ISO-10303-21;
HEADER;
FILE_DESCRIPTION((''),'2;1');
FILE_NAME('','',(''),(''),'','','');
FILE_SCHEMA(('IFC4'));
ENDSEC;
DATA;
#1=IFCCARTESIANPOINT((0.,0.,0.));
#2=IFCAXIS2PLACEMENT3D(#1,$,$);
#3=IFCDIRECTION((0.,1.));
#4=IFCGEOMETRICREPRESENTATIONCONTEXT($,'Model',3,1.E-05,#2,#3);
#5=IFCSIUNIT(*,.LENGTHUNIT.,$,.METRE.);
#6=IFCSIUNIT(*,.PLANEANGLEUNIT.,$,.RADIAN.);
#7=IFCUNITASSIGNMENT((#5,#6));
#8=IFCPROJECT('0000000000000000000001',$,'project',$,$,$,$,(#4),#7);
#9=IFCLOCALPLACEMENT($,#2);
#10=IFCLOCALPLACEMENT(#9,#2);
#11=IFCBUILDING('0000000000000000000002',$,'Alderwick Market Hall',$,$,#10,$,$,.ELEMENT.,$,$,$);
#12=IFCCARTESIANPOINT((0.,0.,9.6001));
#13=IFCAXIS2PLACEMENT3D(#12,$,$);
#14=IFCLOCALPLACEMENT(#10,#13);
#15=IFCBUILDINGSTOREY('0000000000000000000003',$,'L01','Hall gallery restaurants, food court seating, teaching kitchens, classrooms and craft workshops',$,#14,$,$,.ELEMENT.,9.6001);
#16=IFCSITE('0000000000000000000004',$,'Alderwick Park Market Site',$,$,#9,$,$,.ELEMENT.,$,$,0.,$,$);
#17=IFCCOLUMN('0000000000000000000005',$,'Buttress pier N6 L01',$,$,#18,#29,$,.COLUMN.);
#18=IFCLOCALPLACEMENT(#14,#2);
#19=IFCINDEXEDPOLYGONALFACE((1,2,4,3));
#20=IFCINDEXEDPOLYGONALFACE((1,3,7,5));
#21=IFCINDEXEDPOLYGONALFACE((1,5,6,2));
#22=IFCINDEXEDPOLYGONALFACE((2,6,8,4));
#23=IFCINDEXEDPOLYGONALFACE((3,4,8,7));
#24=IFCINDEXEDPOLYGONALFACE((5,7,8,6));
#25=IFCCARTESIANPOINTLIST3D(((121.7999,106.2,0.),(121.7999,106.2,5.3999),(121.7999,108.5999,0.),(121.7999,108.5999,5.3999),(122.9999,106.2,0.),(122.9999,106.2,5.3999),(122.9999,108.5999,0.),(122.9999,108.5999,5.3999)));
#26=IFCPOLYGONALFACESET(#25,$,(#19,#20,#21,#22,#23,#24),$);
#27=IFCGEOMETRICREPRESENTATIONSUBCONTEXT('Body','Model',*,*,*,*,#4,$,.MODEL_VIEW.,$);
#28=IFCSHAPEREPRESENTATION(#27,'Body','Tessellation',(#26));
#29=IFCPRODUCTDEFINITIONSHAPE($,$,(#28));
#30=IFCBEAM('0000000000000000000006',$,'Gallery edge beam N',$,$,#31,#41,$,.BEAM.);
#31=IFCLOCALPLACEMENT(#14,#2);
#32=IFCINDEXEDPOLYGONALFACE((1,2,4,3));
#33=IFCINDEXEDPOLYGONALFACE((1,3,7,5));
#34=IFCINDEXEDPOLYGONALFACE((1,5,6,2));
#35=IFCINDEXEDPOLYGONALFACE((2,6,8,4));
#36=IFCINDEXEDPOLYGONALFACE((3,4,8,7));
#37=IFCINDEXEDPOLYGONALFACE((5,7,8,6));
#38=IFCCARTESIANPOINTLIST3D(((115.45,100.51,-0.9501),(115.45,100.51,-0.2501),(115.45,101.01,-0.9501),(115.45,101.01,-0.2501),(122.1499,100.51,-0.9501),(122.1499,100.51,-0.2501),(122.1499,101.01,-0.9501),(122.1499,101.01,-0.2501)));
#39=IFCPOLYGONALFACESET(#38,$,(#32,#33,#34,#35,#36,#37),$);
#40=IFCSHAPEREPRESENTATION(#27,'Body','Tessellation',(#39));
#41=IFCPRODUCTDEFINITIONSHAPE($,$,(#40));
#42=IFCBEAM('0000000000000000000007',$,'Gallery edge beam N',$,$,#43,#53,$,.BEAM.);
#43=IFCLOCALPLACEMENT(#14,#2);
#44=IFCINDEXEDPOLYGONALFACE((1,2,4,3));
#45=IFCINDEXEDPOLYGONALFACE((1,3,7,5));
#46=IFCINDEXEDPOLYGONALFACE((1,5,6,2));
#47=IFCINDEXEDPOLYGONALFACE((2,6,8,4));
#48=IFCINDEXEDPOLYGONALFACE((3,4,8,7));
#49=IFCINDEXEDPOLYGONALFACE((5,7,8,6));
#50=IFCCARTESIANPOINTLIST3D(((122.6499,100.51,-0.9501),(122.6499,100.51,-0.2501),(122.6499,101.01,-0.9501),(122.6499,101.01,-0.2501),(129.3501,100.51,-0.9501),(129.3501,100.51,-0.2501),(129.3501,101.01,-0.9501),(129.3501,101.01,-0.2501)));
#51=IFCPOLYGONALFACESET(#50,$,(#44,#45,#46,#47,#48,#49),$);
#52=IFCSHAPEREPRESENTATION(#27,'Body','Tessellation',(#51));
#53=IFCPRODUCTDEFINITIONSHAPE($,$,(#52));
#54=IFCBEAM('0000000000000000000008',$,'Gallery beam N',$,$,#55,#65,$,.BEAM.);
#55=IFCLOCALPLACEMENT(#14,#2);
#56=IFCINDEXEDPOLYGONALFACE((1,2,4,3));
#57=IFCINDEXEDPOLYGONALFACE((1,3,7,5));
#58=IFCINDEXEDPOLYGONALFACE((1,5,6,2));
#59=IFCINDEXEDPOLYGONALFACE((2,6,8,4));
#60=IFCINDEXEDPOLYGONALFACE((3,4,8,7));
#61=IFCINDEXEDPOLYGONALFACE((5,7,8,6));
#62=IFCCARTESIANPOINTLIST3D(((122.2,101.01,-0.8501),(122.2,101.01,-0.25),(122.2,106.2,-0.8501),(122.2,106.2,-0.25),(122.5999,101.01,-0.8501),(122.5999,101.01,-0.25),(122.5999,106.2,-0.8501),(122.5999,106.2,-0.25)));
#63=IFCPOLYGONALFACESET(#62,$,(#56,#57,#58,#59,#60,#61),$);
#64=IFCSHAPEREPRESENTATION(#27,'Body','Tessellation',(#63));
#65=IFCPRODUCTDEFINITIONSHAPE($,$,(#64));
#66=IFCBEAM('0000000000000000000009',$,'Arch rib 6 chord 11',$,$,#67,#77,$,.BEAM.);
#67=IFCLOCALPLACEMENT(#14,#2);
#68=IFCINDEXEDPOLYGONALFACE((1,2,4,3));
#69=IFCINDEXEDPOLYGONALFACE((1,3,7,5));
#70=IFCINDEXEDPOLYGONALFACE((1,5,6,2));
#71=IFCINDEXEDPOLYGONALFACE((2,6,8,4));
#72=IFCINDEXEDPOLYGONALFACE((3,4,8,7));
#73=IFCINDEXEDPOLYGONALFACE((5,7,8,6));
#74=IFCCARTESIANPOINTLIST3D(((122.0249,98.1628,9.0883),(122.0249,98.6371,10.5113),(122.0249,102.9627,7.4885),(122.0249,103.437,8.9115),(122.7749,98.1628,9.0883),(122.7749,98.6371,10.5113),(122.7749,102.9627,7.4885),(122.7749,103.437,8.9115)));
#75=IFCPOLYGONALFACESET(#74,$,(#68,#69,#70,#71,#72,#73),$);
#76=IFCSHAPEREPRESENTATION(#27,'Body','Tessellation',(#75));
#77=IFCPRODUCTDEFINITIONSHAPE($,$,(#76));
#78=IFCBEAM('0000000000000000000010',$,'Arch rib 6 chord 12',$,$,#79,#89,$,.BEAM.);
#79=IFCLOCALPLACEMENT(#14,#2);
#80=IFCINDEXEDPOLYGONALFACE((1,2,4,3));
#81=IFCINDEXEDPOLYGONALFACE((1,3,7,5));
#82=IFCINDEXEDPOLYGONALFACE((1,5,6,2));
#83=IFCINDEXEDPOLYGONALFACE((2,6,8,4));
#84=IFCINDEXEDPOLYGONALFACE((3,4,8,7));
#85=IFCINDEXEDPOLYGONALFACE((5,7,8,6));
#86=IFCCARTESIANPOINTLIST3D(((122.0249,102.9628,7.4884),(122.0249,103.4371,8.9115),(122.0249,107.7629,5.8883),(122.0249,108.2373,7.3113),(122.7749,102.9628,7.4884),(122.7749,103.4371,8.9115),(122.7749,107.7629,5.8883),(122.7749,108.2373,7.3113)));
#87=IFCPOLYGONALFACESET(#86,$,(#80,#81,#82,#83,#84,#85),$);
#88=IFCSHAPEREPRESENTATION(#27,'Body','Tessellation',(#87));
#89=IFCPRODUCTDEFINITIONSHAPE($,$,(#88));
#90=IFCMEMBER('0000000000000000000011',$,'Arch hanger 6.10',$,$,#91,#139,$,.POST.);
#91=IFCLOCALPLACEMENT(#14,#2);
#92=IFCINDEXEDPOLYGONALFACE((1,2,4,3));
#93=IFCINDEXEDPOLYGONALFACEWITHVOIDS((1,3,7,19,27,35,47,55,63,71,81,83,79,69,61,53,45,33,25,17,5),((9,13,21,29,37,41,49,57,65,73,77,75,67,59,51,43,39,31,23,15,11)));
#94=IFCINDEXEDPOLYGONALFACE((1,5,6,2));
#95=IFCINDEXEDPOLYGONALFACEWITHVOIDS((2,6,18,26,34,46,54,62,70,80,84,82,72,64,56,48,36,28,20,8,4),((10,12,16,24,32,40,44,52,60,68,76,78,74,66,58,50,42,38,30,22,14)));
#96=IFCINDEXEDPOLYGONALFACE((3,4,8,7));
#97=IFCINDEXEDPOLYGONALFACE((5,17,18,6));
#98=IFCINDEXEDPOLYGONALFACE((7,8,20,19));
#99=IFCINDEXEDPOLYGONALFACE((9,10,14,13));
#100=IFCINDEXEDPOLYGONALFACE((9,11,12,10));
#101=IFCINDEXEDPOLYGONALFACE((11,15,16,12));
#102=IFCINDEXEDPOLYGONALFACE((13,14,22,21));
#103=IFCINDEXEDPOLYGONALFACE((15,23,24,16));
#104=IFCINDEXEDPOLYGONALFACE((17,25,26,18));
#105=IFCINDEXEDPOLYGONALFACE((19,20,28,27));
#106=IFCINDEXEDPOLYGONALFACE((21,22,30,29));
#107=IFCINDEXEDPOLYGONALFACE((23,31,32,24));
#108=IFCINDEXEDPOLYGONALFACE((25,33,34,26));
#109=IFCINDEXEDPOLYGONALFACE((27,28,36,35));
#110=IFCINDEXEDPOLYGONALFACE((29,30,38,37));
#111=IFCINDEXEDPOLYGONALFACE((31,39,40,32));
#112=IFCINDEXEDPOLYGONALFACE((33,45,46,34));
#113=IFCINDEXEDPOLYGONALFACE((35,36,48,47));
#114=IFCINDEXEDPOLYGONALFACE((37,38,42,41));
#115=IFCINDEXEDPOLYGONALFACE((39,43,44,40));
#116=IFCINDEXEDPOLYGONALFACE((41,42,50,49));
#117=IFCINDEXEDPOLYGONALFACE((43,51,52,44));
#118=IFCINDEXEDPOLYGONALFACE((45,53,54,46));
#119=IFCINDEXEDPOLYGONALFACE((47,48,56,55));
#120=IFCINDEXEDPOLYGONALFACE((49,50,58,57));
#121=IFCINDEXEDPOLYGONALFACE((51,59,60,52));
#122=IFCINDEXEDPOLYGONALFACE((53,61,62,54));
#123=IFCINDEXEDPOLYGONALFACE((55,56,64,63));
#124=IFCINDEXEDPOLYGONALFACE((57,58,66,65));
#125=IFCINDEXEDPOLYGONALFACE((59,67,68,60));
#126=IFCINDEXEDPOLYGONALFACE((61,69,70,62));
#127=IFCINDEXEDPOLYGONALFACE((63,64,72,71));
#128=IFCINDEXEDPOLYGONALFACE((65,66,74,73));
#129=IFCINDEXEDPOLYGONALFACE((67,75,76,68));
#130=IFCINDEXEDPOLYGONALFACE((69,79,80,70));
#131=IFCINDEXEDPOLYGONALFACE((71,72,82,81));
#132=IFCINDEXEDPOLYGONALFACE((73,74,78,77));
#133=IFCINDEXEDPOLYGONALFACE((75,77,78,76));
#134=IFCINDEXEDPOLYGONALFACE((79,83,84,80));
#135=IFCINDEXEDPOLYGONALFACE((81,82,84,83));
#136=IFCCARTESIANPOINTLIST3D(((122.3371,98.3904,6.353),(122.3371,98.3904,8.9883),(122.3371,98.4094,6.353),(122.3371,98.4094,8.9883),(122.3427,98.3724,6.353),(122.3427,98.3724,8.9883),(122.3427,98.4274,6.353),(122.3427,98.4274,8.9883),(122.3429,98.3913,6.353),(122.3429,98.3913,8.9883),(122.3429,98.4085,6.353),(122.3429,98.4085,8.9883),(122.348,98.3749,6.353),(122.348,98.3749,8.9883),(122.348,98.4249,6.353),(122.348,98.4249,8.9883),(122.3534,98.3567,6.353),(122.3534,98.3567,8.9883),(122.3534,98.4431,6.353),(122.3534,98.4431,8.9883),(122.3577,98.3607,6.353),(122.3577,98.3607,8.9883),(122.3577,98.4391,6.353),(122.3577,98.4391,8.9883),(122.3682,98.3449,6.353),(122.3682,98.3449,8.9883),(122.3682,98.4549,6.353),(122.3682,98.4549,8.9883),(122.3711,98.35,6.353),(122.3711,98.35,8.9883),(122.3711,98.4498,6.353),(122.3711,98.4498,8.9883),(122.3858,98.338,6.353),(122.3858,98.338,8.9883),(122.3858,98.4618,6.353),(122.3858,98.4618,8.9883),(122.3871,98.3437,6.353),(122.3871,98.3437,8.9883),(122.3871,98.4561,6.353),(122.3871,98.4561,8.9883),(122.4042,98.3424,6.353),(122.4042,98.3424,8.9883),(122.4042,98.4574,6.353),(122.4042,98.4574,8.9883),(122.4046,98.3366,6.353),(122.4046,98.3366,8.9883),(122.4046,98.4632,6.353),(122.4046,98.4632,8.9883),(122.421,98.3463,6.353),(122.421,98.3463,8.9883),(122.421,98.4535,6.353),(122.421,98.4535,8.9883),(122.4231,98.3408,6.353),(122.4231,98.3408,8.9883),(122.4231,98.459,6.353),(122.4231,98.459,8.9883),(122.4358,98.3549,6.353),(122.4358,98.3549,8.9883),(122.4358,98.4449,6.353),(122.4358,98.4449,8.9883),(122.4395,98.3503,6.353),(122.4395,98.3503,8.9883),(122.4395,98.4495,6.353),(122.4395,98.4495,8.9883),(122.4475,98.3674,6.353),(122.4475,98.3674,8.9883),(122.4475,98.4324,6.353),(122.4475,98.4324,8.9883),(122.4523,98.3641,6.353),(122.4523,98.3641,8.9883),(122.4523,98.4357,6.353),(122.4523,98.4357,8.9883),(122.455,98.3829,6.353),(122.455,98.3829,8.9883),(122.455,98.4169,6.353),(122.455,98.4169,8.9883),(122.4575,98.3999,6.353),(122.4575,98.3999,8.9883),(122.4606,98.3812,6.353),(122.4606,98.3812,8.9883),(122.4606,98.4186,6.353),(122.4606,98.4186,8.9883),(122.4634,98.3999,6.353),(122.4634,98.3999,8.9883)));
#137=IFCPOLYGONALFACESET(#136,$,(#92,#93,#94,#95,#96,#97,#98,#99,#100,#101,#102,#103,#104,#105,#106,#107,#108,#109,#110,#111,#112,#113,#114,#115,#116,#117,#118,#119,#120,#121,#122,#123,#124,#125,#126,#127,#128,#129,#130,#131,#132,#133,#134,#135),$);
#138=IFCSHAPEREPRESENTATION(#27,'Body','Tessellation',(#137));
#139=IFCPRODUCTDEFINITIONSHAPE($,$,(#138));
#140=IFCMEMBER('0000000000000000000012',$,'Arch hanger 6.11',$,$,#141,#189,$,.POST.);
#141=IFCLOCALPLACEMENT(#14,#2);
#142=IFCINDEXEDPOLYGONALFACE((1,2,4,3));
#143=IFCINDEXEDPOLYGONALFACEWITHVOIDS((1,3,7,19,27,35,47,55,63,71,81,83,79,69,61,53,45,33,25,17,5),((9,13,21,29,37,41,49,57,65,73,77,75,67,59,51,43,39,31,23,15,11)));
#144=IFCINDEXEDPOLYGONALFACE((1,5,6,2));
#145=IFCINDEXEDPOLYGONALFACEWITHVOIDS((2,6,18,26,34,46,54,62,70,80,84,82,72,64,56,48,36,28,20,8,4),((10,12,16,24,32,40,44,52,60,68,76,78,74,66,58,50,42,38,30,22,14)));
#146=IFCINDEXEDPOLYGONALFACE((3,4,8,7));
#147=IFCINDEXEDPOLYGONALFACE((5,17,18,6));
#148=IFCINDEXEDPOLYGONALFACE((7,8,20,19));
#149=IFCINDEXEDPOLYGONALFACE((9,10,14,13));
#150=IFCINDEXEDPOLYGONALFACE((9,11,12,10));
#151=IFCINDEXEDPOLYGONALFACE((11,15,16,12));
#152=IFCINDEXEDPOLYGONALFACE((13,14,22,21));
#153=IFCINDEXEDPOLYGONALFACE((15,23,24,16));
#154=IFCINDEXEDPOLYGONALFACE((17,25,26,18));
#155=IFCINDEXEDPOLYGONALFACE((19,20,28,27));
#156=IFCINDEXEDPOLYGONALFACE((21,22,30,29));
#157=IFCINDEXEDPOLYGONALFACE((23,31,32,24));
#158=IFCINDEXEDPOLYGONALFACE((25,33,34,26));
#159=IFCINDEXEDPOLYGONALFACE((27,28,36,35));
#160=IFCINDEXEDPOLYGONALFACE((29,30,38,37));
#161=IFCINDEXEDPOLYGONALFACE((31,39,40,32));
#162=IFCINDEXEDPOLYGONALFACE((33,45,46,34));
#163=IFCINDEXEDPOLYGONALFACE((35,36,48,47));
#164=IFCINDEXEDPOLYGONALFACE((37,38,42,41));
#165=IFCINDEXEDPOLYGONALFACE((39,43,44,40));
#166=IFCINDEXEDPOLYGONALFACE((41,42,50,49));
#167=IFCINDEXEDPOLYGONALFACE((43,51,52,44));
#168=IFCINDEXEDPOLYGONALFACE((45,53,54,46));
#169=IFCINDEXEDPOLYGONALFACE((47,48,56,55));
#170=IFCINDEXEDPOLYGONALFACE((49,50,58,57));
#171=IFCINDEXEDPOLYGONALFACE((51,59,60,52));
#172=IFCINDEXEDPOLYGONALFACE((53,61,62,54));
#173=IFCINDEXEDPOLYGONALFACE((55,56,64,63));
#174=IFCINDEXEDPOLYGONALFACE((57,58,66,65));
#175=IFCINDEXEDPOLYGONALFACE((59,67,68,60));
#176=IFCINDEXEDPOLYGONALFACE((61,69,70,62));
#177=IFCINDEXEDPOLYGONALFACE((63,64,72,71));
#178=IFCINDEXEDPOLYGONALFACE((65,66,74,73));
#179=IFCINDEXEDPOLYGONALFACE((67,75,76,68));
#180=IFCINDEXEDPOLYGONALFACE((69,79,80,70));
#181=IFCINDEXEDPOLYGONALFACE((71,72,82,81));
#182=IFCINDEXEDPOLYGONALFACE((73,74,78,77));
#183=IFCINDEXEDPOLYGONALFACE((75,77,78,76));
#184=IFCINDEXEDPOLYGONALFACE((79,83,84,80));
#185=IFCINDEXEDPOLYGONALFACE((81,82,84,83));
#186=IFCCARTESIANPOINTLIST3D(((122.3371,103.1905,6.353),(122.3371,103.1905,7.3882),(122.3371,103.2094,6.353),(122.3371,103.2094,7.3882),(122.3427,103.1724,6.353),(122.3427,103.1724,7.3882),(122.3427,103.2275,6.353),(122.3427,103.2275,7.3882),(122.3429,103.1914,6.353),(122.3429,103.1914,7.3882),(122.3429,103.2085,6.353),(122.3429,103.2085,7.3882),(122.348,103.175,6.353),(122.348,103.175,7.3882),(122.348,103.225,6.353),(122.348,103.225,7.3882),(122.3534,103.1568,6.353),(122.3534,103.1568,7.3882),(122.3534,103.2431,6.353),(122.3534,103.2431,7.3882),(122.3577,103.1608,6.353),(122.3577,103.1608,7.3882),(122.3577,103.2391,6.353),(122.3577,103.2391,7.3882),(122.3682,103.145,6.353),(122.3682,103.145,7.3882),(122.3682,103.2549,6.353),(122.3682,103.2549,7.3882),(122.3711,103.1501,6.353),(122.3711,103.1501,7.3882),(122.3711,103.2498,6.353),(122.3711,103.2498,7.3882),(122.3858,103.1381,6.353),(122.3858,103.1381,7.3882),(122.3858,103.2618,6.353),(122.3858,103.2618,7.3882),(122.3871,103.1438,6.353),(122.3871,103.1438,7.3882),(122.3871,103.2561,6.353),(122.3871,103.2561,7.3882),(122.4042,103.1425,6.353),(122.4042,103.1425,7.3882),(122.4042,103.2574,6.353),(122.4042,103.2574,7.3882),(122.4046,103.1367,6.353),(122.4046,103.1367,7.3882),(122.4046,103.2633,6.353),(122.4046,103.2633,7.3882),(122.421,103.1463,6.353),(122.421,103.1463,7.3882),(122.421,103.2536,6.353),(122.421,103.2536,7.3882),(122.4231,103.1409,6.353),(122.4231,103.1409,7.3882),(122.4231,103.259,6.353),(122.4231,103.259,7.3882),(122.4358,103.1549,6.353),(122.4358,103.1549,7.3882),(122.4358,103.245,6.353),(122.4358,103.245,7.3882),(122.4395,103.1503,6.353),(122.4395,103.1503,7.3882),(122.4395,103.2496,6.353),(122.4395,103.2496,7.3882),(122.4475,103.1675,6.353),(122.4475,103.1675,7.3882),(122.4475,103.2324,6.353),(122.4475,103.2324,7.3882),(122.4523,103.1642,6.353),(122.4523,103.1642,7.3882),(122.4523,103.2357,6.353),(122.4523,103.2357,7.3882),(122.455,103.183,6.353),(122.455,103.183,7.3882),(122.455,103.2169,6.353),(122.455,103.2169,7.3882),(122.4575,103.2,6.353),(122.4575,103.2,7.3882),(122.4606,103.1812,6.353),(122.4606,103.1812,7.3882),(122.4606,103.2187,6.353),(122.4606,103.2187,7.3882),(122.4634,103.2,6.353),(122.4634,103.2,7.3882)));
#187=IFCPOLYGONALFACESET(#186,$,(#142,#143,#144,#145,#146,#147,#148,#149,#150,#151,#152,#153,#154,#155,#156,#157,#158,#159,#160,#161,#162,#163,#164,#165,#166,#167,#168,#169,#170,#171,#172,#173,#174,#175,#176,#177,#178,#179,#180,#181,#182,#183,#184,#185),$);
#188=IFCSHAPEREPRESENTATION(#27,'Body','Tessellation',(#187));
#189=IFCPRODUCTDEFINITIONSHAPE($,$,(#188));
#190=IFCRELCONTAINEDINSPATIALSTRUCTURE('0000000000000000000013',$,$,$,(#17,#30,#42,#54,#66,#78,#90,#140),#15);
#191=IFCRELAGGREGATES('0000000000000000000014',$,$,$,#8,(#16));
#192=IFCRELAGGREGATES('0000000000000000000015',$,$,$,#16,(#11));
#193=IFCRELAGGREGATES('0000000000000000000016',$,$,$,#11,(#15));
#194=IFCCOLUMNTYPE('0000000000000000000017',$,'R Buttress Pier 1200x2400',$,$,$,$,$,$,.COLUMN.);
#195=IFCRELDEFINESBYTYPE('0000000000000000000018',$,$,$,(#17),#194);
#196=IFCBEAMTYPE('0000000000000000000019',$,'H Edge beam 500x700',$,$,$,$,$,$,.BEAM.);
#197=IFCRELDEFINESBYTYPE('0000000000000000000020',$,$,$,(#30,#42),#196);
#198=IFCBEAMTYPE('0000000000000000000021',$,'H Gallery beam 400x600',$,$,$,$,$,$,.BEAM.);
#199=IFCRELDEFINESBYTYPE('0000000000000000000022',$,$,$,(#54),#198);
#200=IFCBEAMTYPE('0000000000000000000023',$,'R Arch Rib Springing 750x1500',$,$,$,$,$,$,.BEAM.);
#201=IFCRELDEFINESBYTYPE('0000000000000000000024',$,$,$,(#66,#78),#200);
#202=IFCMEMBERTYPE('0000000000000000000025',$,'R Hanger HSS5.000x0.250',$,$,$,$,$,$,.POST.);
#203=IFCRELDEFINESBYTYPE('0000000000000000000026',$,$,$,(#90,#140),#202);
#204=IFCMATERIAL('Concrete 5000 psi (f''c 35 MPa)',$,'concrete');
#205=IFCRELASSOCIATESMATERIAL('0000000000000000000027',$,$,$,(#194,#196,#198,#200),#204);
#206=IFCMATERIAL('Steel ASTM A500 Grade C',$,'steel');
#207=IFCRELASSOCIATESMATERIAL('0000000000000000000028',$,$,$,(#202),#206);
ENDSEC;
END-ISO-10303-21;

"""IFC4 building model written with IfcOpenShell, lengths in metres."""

from ifc_helpers import new_model, si_unit, direction, frame, origin, origin_2d, place, context, subcontext, project, spatial, rectangle, hollow_circle, extrude, material, material_profile, profile_set, type_object, element, save


model = new_model("IFC4")

# Units and contexts
model_context = context("Model", 3, precision=1e-05, world=origin(), true_north=direction((0.0, 1.0)))
body_context = subcontext(model_context, "Body", "Model", "MODEL_VIEW")
ifc_project = project(units=[si_unit("LENGTHUNIT", "METRE"), si_unit("PLANEANGLEUNIT", "RADIAN")], contexts=[model_context])

# Site, building, storey
site_placement = place(None, origin())
site = spatial("IfcSite", under=ifc_project, at=site_placement, Name="Alderwick Park Market Site", CompositionType="ELEMENT", RefElevation=0.0)
building_placement = place(site_placement, origin())
building = spatial("IfcBuilding", under=site, at=building_placement, Name="Alderwick Market Hall", CompositionType="ELEMENT")
storey_placement = place(building_placement, frame((0.0, 0.0, 9.6001)))
storey = spatial("IfcBuildingStorey", under=building, at=storey_placement, Name="L01", Description="Hall gallery restaurants, food court seating, teaching kitchens, classrooms and craft workshops", CompositionType="ELEMENT", Elevation=9.6001)

# Column
ifc_material_1 = material(Name="Concrete 5000 psi (f'c 35 MPa)", Category="concrete")
ifc_material_profile_1 = material_profile(ifc_material_1, rectangle(XDim=1.2, YDim=2.3999, at=origin_2d()), Name="RC 1200x2400")
ifc_profile_set_1 = profile_set([ifc_material_profile_1], Name="Concrete 5000 psi (f'c 35 MPa)")
column_type = type_object("IfcColumnType", Name="R Buttress Pier 1200x2400", PredefinedType="COLUMN", material=ifc_profile_set_1)
column_placement = place(storey_placement, frame((122.3999, 107.3999, 0.0), z_axis=(0.0, 0.0, 1.0), x_axis=(1.0, 0.0, 0.0)))
element("IfcColumn", 1, at=column_placement, inside=storey, type_object=column_type, Name="Buttress pier N6 L01", PredefinedType="COLUMN", context=body_context, shape_type="SweptSolid", body=[
    extrude(rectangle(XDim=1.2, YDim=2.3999, at=origin_2d()), origin(), (0.0, 0.0, 1.0), 5.3999),
])

# Beams
ifc_material_profile_2 = material_profile(ifc_material_1, rectangle(XDim=0.5, YDim=0.7, at=origin_2d()), Name="RC 500x700")
ifc_profile_set_2 = profile_set([ifc_material_profile_2], Name="Concrete 5000 psi (f'c 35 MPa)")
beam_type_1 = type_object("IfcBeamType", Name="H Edge beam 500x700", PredefinedType="BEAM", material=ifc_profile_set_2)
beam_1_placement = place(storey_placement, frame((115.45, 100.76, -0.6001), z_axis=(1.0, 0.0, 0.0), x_axis=(0.0, 1.0, 0.0)))
element("IfcBeam", 2, at=beam_1_placement, inside=storey, type_object=beam_type_1, Name="Gallery edge beam N", PredefinedType="BEAM", context=body_context, shape_type="SweptSolid", body=[
    extrude(rectangle(XDim=0.5, YDim=0.7, at=origin_2d()), origin(), (0.0, 0.0, 1.0), 6.7),
])
beam_2_placement = place(storey_placement, frame((122.6499, 100.76, -0.6001), z_axis=(1.0, 0.0, 0.0), x_axis=(0.0, 1.0, 0.0)))
element("IfcBeam", 3, at=beam_2_placement, inside=storey, type_object=beam_type_1, Name="Gallery edge beam N", PredefinedType="BEAM", context=body_context, shape_type="SweptSolid", body=[
    extrude(rectangle(XDim=0.5, YDim=0.7, at=origin_2d()), origin(), (0.0, 0.0, 1.0), 6.7002),
])
ifc_material_profile_3 = material_profile(ifc_material_1, rectangle(XDim=0.3999, YDim=0.6001, at=origin_2d()), Name="RC 400x600")
ifc_profile_set_3 = profile_set([ifc_material_profile_3], Name="Concrete 5000 psi (f'c 35 MPa)")
beam_type_2 = type_object("IfcBeamType", Name="H Gallery beam 400x600", PredefinedType="BEAM", material=ifc_profile_set_3)
beam_3_placement = place(storey_placement, frame((122.3999, 106.2, -0.55), z_axis=(0.0, -1.0, 0.0), x_axis=(1.0, 0.0, 0.0)))
element("IfcBeam", 4, at=beam_3_placement, inside=storey, type_object=beam_type_2, Name="Gallery beam N", PredefinedType="BEAM", context=body_context, shape_type="SweptSolid", body=[
    extrude(rectangle(XDim=0.3999, YDim=0.6001, at=origin_2d()), origin(), (0.0, 0.0, 1.0), 5.1899),
])
ifc_material_profile_4 = material_profile(ifc_material_1, rectangle(XDim=0.75, YDim=1.5, at=origin_2d()), Name="RC 750x1500")
ifc_profile_set_4 = profile_set([ifc_material_profile_4], Name="Concrete 5000 psi (f'c 35 MPa)")
beam_type_3 = type_object("IfcBeamType", Name="R Arch Rib Springing 750x1500", PredefinedType="BEAM", material=ifc_profile_set_4)
beam_4_placement = place(storey_placement, frame((122.3999, 98.3999, 9.7998), z_axis=(0.0, 0.948693, -0.316199), x_axis=(-1.0, 0.0, 0.0)))
element("IfcBeam", 5, at=beam_4_placement, inside=storey, type_object=beam_type_3, Name="Arch rib 6 chord 11", PredefinedType="BEAM", context=body_context, shape_type="SweptSolid", body=[
    extrude(rectangle(XDim=0.75, YDim=1.5, at=origin_2d()), origin(), (0.0, 0.0, 1.0), 5.0596),
])
beam_5_placement = place(storey_placement, frame((122.3999, 103.2, 8.2), z_axis=(0.0, 0.948678, -0.316242), x_axis=(-1.0, 0.0, 0.0)))
element("IfcBeam", 6, at=beam_5_placement, inside=storey, type_object=beam_type_3, Name="Arch rib 6 chord 12", PredefinedType="BEAM", context=body_context, shape_type="SweptSolid", body=[
    extrude(rectangle(XDim=0.75, YDim=1.5, at=origin_2d()), origin(), (0.0, 0.0, 1.0), 5.0598),
])

# Members
ifc_material_2 = material(Name="Steel ASTM A500 Grade C", Category="steel")
ifc_material_profile_5 = material_profile(ifc_material_2, hollow_circle(Radius=0.0635, WallThickness=0.0059, at=origin_2d()), Name="HSS5.000x0.250")
ifc_profile_set_5 = profile_set([ifc_material_profile_5], Name="Steel ASTM A500 Grade C")
member_type_1 = type_object("IfcMemberType", Name="R Hanger HSS5.000x0.250", PredefinedType="POST", material=ifc_profile_set_5)
member_1_placement = place(storey_placement, frame((122.3999, 98.3999, 6.353), z_axis=(0.0, 0.0, 1.0), x_axis=(1.0, 0.0, 0.0)))
element("IfcMember", 7, at=member_1_placement, inside=storey, type_object=member_type_1, Name="Arch hanger 6.10", PredefinedType="POST", context=body_context, shape_type="SweptSolid", body=[
    extrude(hollow_circle(Radius=0.0635, WallThickness=0.0059, at=origin_2d()), origin(), (0.0, 0.0, 1.0), 2.6353),
])
member_2_placement = place(storey_placement, frame((122.3999, 103.2, 6.353), z_axis=(0.0, 0.0, 1.0), x_axis=(1.0, 0.0, 0.0)))
element("IfcMember", 8, at=member_2_placement, inside=storey, type_object=member_type_1, Name="Arch hanger 6.11", PredefinedType="POST", context=body_context, shape_type="SweptSolid", body=[
    extrude(hollow_circle(Radius=0.0635, WallThickness=0.0059, at=origin_2d()), origin(), (0.0, 0.0, 1.0), 1.0352),
])

save(model, "model.ifc")
